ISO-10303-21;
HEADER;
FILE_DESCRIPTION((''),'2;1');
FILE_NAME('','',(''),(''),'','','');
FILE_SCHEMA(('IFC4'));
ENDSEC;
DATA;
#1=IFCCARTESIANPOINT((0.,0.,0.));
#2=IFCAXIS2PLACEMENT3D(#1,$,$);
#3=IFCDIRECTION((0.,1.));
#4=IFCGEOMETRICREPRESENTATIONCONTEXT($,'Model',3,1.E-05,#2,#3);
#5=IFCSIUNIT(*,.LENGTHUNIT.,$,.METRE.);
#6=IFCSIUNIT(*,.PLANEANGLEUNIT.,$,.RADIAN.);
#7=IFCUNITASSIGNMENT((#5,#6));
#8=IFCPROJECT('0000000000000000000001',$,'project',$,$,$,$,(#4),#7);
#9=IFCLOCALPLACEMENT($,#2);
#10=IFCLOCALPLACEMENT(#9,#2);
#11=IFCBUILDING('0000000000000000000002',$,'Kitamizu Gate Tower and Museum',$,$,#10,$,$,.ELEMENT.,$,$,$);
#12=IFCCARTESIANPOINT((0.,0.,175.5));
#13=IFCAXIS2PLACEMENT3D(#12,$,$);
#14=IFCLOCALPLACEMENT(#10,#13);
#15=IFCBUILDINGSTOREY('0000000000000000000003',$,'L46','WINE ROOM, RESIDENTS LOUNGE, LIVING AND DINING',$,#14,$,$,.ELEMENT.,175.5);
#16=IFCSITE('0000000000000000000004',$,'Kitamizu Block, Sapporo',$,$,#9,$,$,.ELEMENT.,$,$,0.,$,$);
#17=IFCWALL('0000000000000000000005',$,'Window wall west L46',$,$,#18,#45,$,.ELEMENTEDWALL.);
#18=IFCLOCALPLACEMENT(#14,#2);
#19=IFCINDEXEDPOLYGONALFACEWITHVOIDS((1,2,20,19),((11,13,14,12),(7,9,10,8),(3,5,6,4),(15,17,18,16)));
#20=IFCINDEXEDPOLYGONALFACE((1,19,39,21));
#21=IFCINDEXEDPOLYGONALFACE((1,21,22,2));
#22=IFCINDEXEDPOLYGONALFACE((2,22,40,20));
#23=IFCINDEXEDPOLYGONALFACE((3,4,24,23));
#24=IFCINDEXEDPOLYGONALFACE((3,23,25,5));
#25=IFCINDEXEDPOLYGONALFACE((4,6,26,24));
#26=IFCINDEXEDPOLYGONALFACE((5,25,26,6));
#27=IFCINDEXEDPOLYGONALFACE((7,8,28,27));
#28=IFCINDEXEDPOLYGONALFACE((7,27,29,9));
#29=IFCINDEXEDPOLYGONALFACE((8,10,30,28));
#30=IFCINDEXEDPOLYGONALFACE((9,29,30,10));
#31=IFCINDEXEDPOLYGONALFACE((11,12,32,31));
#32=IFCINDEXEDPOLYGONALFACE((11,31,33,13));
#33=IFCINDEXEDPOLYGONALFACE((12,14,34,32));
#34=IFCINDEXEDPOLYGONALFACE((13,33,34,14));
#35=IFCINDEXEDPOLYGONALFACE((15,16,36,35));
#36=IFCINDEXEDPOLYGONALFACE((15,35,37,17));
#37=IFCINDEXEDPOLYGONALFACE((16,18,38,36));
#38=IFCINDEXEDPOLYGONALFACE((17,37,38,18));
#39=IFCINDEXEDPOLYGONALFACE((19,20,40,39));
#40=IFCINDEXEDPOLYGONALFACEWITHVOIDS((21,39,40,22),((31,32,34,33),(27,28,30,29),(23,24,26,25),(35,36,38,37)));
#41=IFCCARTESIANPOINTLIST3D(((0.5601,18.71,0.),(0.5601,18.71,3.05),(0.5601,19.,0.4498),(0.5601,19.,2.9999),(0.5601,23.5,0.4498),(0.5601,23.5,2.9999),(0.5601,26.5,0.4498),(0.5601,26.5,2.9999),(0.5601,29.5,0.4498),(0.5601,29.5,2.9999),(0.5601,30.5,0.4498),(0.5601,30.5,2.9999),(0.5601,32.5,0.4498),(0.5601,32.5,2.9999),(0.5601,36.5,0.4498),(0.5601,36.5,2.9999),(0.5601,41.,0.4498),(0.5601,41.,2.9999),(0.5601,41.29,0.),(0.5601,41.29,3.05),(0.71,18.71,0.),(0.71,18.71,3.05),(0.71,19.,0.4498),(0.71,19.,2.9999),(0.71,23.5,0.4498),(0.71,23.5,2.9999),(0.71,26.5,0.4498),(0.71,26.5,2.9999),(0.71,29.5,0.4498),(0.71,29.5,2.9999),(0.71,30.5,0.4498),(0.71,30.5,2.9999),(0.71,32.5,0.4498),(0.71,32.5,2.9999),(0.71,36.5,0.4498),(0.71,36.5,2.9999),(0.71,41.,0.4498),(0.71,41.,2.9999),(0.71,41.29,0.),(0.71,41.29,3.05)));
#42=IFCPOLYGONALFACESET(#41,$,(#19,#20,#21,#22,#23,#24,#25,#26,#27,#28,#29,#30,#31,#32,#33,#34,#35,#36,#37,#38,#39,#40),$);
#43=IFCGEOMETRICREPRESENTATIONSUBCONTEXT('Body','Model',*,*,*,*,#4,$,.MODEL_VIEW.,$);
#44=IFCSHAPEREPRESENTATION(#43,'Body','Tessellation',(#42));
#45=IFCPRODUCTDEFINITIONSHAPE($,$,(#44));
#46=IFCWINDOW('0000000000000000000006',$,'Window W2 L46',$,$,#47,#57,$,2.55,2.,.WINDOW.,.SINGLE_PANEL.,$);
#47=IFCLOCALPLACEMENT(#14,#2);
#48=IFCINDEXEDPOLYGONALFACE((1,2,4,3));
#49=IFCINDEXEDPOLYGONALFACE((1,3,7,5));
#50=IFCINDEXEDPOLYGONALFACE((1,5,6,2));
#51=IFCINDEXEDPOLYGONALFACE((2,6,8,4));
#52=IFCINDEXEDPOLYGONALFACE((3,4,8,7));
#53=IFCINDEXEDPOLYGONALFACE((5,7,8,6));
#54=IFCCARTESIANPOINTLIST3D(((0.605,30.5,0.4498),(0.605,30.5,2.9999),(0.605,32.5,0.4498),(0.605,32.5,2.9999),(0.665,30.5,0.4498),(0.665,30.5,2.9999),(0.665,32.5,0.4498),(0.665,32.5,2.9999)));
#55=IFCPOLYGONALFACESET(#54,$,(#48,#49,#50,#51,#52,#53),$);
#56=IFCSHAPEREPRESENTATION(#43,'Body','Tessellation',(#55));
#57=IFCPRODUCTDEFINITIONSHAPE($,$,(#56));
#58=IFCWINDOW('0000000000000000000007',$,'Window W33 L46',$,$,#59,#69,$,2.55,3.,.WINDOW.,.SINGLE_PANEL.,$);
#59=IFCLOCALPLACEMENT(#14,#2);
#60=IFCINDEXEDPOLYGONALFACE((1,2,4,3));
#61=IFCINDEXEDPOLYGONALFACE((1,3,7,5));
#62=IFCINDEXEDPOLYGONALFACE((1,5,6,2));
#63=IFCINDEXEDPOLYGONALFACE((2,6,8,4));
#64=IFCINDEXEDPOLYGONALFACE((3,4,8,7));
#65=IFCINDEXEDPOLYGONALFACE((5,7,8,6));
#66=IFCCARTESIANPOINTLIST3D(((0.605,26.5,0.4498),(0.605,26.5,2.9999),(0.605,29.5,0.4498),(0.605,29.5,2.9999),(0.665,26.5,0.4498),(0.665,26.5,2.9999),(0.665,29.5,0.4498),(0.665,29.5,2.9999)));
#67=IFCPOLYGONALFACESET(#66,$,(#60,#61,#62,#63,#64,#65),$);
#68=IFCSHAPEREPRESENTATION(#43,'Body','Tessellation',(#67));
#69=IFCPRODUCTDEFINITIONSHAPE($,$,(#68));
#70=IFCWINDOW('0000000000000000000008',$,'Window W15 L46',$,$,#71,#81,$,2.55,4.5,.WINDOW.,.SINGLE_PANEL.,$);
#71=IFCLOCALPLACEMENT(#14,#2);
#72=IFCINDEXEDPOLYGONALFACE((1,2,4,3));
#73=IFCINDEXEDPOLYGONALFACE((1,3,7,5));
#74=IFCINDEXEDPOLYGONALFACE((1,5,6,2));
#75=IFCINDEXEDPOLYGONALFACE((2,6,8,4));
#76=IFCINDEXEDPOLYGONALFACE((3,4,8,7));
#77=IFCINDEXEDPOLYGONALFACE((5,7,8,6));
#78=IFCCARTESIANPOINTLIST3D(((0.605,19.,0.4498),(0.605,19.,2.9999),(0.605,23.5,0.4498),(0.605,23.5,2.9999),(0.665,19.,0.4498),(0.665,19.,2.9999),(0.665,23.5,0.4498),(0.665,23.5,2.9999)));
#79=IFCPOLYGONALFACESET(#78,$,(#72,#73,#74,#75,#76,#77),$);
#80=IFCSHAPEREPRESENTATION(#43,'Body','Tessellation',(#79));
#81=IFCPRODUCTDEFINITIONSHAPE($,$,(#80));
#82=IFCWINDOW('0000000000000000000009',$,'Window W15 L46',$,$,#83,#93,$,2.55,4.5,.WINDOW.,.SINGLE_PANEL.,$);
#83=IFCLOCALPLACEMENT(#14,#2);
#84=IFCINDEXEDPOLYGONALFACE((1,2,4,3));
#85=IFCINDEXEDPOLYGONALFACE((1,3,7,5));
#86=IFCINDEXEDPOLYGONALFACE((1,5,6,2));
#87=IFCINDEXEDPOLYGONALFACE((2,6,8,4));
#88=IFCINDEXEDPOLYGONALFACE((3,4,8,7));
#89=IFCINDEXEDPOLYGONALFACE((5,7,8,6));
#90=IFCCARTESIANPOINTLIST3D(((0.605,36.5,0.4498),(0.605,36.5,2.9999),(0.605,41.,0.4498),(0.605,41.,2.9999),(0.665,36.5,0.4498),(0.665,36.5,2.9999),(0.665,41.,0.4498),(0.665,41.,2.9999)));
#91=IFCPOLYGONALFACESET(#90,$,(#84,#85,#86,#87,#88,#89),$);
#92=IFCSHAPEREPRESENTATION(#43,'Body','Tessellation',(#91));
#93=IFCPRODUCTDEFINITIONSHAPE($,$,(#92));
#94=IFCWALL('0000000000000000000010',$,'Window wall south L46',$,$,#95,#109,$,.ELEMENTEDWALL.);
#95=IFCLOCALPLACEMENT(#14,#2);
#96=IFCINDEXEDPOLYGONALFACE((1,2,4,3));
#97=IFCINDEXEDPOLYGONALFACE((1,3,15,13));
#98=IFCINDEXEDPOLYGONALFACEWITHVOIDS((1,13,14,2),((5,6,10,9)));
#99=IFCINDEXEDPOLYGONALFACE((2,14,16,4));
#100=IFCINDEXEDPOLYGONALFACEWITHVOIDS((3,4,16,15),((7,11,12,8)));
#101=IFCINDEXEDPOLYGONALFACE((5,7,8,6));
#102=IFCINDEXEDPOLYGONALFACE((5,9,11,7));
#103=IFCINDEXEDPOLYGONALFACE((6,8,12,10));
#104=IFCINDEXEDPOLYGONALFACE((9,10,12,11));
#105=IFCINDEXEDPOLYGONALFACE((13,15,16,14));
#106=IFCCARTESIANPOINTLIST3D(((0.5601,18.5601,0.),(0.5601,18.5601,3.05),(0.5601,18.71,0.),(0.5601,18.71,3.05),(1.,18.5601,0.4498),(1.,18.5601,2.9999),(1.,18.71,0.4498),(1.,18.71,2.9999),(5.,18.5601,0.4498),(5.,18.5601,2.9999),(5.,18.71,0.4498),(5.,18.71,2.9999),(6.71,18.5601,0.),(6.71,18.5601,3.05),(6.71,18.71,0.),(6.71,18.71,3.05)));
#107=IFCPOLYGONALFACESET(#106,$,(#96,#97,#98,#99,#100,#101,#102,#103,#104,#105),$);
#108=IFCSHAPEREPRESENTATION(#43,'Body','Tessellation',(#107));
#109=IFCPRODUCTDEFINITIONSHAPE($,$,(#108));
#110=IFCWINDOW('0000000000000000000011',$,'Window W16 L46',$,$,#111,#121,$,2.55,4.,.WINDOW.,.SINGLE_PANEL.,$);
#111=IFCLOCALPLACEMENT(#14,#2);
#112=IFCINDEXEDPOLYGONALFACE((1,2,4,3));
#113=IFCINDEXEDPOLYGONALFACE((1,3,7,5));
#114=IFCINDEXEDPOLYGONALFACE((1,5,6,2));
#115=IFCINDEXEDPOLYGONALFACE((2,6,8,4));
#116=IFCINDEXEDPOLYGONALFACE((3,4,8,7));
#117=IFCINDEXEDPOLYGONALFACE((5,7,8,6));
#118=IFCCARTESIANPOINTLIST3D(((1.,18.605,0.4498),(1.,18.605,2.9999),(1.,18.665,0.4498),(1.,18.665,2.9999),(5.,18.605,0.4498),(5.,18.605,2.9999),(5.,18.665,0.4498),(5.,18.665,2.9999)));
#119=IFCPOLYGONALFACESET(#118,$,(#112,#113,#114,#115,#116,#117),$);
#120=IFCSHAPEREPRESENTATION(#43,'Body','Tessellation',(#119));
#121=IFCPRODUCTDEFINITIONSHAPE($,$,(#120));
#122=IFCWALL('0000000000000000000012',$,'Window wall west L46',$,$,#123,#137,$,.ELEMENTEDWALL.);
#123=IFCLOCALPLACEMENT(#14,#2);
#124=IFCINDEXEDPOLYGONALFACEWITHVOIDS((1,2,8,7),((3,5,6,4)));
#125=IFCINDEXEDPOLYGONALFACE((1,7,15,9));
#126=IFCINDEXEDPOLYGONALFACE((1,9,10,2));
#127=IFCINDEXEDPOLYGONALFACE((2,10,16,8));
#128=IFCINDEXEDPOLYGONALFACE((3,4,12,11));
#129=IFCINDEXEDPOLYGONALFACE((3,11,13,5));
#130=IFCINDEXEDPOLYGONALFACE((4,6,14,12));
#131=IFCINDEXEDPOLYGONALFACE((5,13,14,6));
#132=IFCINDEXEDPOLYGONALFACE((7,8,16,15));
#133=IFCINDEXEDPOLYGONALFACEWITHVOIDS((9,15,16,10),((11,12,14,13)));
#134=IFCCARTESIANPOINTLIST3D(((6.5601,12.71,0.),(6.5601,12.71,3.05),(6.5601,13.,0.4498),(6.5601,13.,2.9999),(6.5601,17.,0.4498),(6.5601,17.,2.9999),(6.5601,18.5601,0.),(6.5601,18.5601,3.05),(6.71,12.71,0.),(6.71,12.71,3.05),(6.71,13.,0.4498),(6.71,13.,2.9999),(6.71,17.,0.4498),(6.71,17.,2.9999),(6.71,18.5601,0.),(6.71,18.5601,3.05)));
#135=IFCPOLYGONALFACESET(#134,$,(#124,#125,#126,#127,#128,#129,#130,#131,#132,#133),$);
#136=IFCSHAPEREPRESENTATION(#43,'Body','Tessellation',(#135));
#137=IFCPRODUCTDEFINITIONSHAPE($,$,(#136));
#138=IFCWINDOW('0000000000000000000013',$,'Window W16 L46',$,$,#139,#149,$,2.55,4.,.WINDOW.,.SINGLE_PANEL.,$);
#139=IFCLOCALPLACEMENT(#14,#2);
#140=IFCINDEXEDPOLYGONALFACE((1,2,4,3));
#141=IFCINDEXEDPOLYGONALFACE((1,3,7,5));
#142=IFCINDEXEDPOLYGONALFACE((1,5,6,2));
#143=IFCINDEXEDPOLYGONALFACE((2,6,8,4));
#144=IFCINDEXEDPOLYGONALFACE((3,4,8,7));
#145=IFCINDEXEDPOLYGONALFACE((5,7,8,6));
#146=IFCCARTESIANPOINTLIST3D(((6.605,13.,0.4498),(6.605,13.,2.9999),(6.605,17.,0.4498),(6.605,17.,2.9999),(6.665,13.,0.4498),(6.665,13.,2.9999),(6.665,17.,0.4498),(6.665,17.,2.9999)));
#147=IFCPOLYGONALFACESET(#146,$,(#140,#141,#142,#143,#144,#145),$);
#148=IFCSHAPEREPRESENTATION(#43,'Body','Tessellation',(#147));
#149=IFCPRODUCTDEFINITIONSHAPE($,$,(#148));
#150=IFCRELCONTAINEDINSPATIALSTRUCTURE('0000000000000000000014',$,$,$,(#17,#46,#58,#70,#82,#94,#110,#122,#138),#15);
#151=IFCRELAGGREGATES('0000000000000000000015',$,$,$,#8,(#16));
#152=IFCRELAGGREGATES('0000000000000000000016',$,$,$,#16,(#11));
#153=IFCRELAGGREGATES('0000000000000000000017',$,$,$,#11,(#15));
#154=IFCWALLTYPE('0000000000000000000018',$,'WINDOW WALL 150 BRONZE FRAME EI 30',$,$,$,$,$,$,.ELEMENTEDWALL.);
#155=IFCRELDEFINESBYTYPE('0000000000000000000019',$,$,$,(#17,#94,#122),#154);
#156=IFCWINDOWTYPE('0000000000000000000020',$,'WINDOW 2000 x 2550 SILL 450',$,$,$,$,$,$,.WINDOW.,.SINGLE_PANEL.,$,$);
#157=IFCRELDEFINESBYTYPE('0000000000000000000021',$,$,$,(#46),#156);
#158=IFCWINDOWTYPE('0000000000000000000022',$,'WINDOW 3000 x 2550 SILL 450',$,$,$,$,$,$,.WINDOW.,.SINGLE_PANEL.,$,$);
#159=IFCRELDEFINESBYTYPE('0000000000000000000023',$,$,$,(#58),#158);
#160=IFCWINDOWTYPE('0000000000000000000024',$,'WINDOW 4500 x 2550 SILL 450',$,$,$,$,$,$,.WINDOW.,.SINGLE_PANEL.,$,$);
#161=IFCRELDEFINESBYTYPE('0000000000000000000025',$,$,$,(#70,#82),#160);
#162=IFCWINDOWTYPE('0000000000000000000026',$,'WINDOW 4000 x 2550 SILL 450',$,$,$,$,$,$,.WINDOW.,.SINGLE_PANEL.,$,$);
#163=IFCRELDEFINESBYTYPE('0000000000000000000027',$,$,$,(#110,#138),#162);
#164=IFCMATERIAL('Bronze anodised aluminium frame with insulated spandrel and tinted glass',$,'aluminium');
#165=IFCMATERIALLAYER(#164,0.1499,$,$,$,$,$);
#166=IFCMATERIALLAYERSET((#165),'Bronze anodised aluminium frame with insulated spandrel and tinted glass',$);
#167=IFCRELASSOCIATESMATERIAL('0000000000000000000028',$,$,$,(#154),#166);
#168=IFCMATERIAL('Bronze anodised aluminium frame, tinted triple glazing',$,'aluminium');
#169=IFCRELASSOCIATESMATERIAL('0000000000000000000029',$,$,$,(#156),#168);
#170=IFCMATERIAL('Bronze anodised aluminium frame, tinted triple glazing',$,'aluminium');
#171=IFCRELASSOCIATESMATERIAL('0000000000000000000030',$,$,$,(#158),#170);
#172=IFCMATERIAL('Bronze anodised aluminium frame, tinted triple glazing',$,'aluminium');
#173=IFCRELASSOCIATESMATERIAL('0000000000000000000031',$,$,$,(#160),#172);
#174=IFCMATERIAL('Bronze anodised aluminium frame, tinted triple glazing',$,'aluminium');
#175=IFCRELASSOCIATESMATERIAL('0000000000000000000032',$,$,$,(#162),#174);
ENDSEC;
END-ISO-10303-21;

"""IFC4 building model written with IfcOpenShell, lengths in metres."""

from ifc_helpers import new_model, si_unit, direction, frame, frame_2d, origin, place, context, subcontext, project, spatial, rectangle, extrude, material, layer, layer_set, type_object, element, fill, save


model = new_model("IFC4")

# Units and contexts
model_context = context("Model", 3, precision=1e-05, world=origin(), true_north=direction((0.0, 1.0)))
body_context = subcontext(model_context, "Body", "Model", "MODEL_VIEW")
ifc_project = project(units=[si_unit("LENGTHUNIT", "METRE"), si_unit("PLANEANGLEUNIT", "RADIAN")], contexts=[model_context])

# Site, building, storey
site_placement = place(None, origin())
site = spatial("IfcSite", under=ifc_project, at=site_placement, Name="Kitamizu Block, Sapporo", CompositionType="ELEMENT", RefElevation=0.0)
building_placement = place(site_placement, origin())
building = spatial("IfcBuilding", under=site, at=building_placement, Name="Kitamizu Gate Tower and Museum", CompositionType="ELEMENT")
storey_placement = place(building_placement, frame((0.0, 0.0, 175.5)))
storey = spatial("IfcBuildingStorey", under=building, at=storey_placement, Name="L46", Description="WINE ROOM, RESIDENTS LOUNGE, LIVING AND DINING", CompositionType="ELEMENT", Elevation=175.5)

# Wall, openings, windows
ifc_material_1 = material(Name="Bronze anodised aluminium frame with insulated spandrel and tinted glass", Category="aluminium")
ifc_layer_1 = layer(ifc_material_1, 0.1499)
ifc_layer_set_1 = layer_set([ifc_layer_1], Name="Bronze anodised aluminium frame with insulated spandrel and tinted glass")
wall_type_1 = type_object("IfcWallType", Name="WINDOW WALL 150 BRONZE FRAME EI 30", PredefinedType="ELEMENTEDWALL", material=ifc_layer_set_1)
ifc_material_2 = material(Name="Bronze anodised aluminium frame, tinted triple glazing", Category="aluminium")
window_type_1 = type_object("IfcWindowType", Name="WINDOW 2000 x 2550 SILL 450", PartitioningType="SINGLE_PANEL", PredefinedType="WINDOW", material=ifc_material_2)
ifc_material_3 = material(Name="Bronze anodised aluminium frame, tinted triple glazing", Category="aluminium")
window_type_2 = type_object("IfcWindowType", Name="WINDOW 3000 x 2550 SILL 450", PartitioningType="SINGLE_PANEL", PredefinedType="WINDOW", material=ifc_material_3)
ifc_material_4 = material(Name="Bronze anodised aluminium frame, tinted triple glazing", Category="aluminium")
window_type_3 = type_object("IfcWindowType", Name="WINDOW 4500 x 2550 SILL 450", PartitioningType="SINGLE_PANEL", PredefinedType="WINDOW", material=ifc_material_4)
wall_1_placement = place(storey_placement, frame((0.635, 18.71, 0.0), z_axis=(0.0, 0.0, 1.0), x_axis=(0.0, 1.0, 0.0)))
wall_1 = element("IfcWall", 1, at=wall_1_placement, inside=storey, type_object=wall_type_1, Name="Window wall west L46", PredefinedType="ELEMENTEDWALL", context=body_context, shape_type="SweptSolid", body=[
    extrude(rectangle(XDim=22.5801, YDim=0.1499, at=frame_2d((11.29, 0.0))), origin(), (0.0, 0.0, 1.0), 3.05),
])
opening_1_placement = place(wall_1_placement, frame((0.29, 0.0, 0.45)))
opening_1 = element("IfcOpeningElement", 2, at=opening_1_placement, cuts=wall_1, PredefinedType="OPENING", context=body_context, shape_type="SweptSolid", body=[
    extrude(rectangle(XDim=4.5, YDim=2.55, at=frame_2d((2.25, 1.2749))), frame((0.0, 0.085, 0.0), z_axis=(0.0, -1.0, 0.0), x_axis=(1.0, 0.0, 0.0)), (0.0, 0.0, 1.0), 0.1699),
])
opening_2_placement = place(wall_1_placement, frame((7.79, 0.0, 0.45)))
opening_2 = element("IfcOpeningElement", 3, at=opening_2_placement, cuts=wall_1, PredefinedType="OPENING", context=body_context, shape_type="SweptSolid", body=[
    extrude(rectangle(XDim=3.0, YDim=2.55, at=frame_2d((1.5, 1.2749))), frame((0.0, 0.085, 0.0), z_axis=(0.0, -1.0, 0.0), x_axis=(1.0, 0.0, 0.0)), (0.0, 0.0, 1.0), 0.1699),
])
opening_3_placement = place(wall_1_placement, frame((11.79, 0.0, 0.45)))
opening_3 = element("IfcOpeningElement", 4, at=opening_3_placement, cuts=wall_1, PredefinedType="OPENING", context=body_context, shape_type="SweptSolid", body=[
    extrude(rectangle(XDim=2.0, YDim=2.55, at=frame_2d((1.0, 1.2749))), frame((0.0, 0.085, 0.0), z_axis=(0.0, -1.0, 0.0), x_axis=(1.0, 0.0, 0.0)), (0.0, 0.0, 1.0), 0.1699),
])
opening_4_placement = place(wall_1_placement, frame((17.79, 0.0, 0.45)))
opening_4 = element("IfcOpeningElement", 5, at=opening_4_placement, cuts=wall_1, PredefinedType="OPENING", context=body_context, shape_type="SweptSolid", body=[
    extrude(rectangle(XDim=4.5, YDim=2.55, at=frame_2d((2.25, 1.2749))), frame((0.0, 0.085, 0.0), z_axis=(0.0, -1.0, 0.0), x_axis=(1.0, 0.0, 0.0)), (0.0, 0.0, 1.0), 0.1699),
])
window_1_placement = place(opening_3_placement, origin())
window_1 = element("IfcWindow", 6, at=window_1_placement, inside=storey, type_object=window_type_1, Name="Window W2 L46", OverallHeight=2.55, OverallWidth=2.0, PartitioningType="SINGLE_PANEL", PredefinedType="WINDOW", context=body_context, shape_type="SweptSolid", body=[
    extrude(rectangle(XDim=2.0, YDim=2.55, at=frame_2d((1.0, 1.2749))), frame((0.0, 0.03, 0.0), z_axis=(0.0, -1.0, 0.0), x_axis=(1.0, 0.0, 0.0)), (0.0, 0.0, 1.0), 0.0601),
])
fill(opening_3, window_1)
window_2_placement = place(opening_2_placement, origin())
window_2 = element("IfcWindow", 7, at=window_2_placement, inside=storey, type_object=window_type_2, Name="Window W33 L46", OverallHeight=2.55, OverallWidth=3.0, PartitioningType="SINGLE_PANEL", PredefinedType="WINDOW", context=body_context, shape_type="SweptSolid", body=[
    extrude(rectangle(XDim=3.0, YDim=2.55, at=frame_2d((1.5, 1.2749))), frame((0.0, 0.03, 0.0), z_axis=(0.0, -1.0, 0.0), x_axis=(1.0, 0.0, 0.0)), (0.0, 0.0, 1.0), 0.0601),
])
fill(opening_2, window_2)
window_3_placement = place(opening_1_placement, origin())
window_3 = element("IfcWindow", 8, at=window_3_placement, inside=storey, type_object=window_type_3, Name="Window W15 L46", OverallHeight=2.55, OverallWidth=4.5, PartitioningType="SINGLE_PANEL", PredefinedType="WINDOW", context=body_context, shape_type="SweptSolid", body=[
    extrude(rectangle(XDim=4.5, YDim=2.55, at=frame_2d((2.25, 1.2749))), frame((0.0, 0.03, 0.0), z_axis=(0.0, -1.0, 0.0), x_axis=(1.0, 0.0, 0.0)), (0.0, 0.0, 1.0), 0.0601),
])
fill(opening_1, window_3)
window_4_placement = place(opening_4_placement, origin())
window_4 = element("IfcWindow", 9, at=window_4_placement, inside=storey, type_object=window_type_3, Name="Window W15 L46", OverallHeight=2.55, OverallWidth=4.5, PartitioningType="SINGLE_PANEL", PredefinedType="WINDOW", context=body_context, shape_type="SweptSolid", body=[
    extrude(rectangle(XDim=4.5, YDim=2.55, at=frame_2d((2.25, 1.2749))), frame((0.0, 0.03, 0.0), z_axis=(0.0, -1.0, 0.0), x_axis=(1.0, 0.0, 0.0)), (0.0, 0.0, 1.0), 0.0601),
])
fill(opening_4, window_4)

# Walls, openings, windows
wall_2_placement = place(storey_placement, frame((0.5601, 18.635, 0.0), z_axis=(0.0, 0.0, 1.0), x_axis=(1.0, 0.0, 0.0)))
wall_2 = element("IfcWall", 10, at=wall_2_placement, inside=storey, type_object=wall_type_1, Name="Window wall south L46", PredefinedType="ELEMENTEDWALL", context=body_context, shape_type="SweptSolid", body=[
    extrude(rectangle(XDim=6.1499, YDim=0.1499, at=frame_2d((3.075, 0.0))), origin(), (0.0, 0.0, 1.0), 3.05),
])
opening_5_placement = place(wall_2_placement, frame((0.4399, 0.0, 0.45)))
opening_5 = element("IfcOpeningElement", 11, at=opening_5_placement, cuts=wall_2, PredefinedType="OPENING", context=body_context, shape_type="SweptSolid", body=[
    extrude(rectangle(XDim=4.0, YDim=2.55, at=frame_2d((2.0, 1.2749))), frame((0.0, 0.085, 0.0), z_axis=(0.0, -1.0, 0.0), x_axis=(1.0, 0.0, 0.0)), (0.0, 0.0, 1.0), 0.1699),
])
ifc_material_5 = material(Name="Bronze anodised aluminium frame, tinted triple glazing", Category="aluminium")
window_type_4 = type_object("IfcWindowType", Name="WINDOW 4000 x 2550 SILL 450", PartitioningType="SINGLE_PANEL", PredefinedType="WINDOW", material=ifc_material_5)
window_5_placement = place(opening_5_placement, origin())
window_5 = element("IfcWindow", 12, at=window_5_placement, inside=storey, type_object=window_type_4, Name="Window W16 L46", OverallHeight=2.55, OverallWidth=4.0, PartitioningType="SINGLE_PANEL", PredefinedType="WINDOW", context=body_context, shape_type="SweptSolid", body=[
    extrude(rectangle(XDim=4.0, YDim=2.55, at=frame_2d((2.0, 1.2749))), frame((0.0, 0.03, 0.0), z_axis=(0.0, -1.0, 0.0), x_axis=(1.0, 0.0, 0.0)), (0.0, 0.0, 1.0), 0.0601),
])
fill(opening_5, window_5)
wall_3_placement = place(storey_placement, frame((6.635, 12.71, 0.0), z_axis=(0.0, 0.0, 1.0), x_axis=(0.0, 1.0, 0.0)))
wall_3 = element("IfcWall", 13, at=wall_3_placement, inside=storey, type_object=wall_type_1, Name="Window wall west L46", PredefinedType="ELEMENTEDWALL", context=body_context, shape_type="SweptSolid", body=[
    extrude(rectangle(XDim=5.8501, YDim=0.1499, at=frame_2d((2.925, 0.0))), origin(), (0.0, 0.0, 1.0), 3.05),
])
opening_6_placement = place(wall_3_placement, frame((0.29, 0.0, 0.45)))
opening_6 = element("IfcOpeningElement", 14, at=opening_6_placement, cuts=wall_3, PredefinedType="OPENING", context=body_context, shape_type="SweptSolid", body=[
    extrude(rectangle(XDim=4.0, YDim=2.55, at=frame_2d((2.0, 1.2749))), frame((0.0, 0.085, 0.0), z_axis=(0.0, -1.0, 0.0), x_axis=(1.0, 0.0, 0.0)), (0.0, 0.0, 1.0), 0.1699),
])
window_6_placement = place(opening_6_placement, origin())
window_6 = element("IfcWindow", 15, at=window_6_placement, inside=storey, type_object=window_type_4, Name="Window W16 L46", OverallHeight=2.55, OverallWidth=4.0, PartitioningType="SINGLE_PANEL", PredefinedType="WINDOW", context=body_context, shape_type="SweptSolid", body=[
    extrude(rectangle(XDim=4.0, YDim=2.55, at=frame_2d((2.0, 1.2749))), frame((0.0, 0.03, 0.0), z_axis=(0.0, -1.0, 0.0), x_axis=(1.0, 0.0, 0.0)), (0.0, 0.0, 1.0), 0.0601),
])
fill(opening_6, window_6)

save(model, "model.ifc")
